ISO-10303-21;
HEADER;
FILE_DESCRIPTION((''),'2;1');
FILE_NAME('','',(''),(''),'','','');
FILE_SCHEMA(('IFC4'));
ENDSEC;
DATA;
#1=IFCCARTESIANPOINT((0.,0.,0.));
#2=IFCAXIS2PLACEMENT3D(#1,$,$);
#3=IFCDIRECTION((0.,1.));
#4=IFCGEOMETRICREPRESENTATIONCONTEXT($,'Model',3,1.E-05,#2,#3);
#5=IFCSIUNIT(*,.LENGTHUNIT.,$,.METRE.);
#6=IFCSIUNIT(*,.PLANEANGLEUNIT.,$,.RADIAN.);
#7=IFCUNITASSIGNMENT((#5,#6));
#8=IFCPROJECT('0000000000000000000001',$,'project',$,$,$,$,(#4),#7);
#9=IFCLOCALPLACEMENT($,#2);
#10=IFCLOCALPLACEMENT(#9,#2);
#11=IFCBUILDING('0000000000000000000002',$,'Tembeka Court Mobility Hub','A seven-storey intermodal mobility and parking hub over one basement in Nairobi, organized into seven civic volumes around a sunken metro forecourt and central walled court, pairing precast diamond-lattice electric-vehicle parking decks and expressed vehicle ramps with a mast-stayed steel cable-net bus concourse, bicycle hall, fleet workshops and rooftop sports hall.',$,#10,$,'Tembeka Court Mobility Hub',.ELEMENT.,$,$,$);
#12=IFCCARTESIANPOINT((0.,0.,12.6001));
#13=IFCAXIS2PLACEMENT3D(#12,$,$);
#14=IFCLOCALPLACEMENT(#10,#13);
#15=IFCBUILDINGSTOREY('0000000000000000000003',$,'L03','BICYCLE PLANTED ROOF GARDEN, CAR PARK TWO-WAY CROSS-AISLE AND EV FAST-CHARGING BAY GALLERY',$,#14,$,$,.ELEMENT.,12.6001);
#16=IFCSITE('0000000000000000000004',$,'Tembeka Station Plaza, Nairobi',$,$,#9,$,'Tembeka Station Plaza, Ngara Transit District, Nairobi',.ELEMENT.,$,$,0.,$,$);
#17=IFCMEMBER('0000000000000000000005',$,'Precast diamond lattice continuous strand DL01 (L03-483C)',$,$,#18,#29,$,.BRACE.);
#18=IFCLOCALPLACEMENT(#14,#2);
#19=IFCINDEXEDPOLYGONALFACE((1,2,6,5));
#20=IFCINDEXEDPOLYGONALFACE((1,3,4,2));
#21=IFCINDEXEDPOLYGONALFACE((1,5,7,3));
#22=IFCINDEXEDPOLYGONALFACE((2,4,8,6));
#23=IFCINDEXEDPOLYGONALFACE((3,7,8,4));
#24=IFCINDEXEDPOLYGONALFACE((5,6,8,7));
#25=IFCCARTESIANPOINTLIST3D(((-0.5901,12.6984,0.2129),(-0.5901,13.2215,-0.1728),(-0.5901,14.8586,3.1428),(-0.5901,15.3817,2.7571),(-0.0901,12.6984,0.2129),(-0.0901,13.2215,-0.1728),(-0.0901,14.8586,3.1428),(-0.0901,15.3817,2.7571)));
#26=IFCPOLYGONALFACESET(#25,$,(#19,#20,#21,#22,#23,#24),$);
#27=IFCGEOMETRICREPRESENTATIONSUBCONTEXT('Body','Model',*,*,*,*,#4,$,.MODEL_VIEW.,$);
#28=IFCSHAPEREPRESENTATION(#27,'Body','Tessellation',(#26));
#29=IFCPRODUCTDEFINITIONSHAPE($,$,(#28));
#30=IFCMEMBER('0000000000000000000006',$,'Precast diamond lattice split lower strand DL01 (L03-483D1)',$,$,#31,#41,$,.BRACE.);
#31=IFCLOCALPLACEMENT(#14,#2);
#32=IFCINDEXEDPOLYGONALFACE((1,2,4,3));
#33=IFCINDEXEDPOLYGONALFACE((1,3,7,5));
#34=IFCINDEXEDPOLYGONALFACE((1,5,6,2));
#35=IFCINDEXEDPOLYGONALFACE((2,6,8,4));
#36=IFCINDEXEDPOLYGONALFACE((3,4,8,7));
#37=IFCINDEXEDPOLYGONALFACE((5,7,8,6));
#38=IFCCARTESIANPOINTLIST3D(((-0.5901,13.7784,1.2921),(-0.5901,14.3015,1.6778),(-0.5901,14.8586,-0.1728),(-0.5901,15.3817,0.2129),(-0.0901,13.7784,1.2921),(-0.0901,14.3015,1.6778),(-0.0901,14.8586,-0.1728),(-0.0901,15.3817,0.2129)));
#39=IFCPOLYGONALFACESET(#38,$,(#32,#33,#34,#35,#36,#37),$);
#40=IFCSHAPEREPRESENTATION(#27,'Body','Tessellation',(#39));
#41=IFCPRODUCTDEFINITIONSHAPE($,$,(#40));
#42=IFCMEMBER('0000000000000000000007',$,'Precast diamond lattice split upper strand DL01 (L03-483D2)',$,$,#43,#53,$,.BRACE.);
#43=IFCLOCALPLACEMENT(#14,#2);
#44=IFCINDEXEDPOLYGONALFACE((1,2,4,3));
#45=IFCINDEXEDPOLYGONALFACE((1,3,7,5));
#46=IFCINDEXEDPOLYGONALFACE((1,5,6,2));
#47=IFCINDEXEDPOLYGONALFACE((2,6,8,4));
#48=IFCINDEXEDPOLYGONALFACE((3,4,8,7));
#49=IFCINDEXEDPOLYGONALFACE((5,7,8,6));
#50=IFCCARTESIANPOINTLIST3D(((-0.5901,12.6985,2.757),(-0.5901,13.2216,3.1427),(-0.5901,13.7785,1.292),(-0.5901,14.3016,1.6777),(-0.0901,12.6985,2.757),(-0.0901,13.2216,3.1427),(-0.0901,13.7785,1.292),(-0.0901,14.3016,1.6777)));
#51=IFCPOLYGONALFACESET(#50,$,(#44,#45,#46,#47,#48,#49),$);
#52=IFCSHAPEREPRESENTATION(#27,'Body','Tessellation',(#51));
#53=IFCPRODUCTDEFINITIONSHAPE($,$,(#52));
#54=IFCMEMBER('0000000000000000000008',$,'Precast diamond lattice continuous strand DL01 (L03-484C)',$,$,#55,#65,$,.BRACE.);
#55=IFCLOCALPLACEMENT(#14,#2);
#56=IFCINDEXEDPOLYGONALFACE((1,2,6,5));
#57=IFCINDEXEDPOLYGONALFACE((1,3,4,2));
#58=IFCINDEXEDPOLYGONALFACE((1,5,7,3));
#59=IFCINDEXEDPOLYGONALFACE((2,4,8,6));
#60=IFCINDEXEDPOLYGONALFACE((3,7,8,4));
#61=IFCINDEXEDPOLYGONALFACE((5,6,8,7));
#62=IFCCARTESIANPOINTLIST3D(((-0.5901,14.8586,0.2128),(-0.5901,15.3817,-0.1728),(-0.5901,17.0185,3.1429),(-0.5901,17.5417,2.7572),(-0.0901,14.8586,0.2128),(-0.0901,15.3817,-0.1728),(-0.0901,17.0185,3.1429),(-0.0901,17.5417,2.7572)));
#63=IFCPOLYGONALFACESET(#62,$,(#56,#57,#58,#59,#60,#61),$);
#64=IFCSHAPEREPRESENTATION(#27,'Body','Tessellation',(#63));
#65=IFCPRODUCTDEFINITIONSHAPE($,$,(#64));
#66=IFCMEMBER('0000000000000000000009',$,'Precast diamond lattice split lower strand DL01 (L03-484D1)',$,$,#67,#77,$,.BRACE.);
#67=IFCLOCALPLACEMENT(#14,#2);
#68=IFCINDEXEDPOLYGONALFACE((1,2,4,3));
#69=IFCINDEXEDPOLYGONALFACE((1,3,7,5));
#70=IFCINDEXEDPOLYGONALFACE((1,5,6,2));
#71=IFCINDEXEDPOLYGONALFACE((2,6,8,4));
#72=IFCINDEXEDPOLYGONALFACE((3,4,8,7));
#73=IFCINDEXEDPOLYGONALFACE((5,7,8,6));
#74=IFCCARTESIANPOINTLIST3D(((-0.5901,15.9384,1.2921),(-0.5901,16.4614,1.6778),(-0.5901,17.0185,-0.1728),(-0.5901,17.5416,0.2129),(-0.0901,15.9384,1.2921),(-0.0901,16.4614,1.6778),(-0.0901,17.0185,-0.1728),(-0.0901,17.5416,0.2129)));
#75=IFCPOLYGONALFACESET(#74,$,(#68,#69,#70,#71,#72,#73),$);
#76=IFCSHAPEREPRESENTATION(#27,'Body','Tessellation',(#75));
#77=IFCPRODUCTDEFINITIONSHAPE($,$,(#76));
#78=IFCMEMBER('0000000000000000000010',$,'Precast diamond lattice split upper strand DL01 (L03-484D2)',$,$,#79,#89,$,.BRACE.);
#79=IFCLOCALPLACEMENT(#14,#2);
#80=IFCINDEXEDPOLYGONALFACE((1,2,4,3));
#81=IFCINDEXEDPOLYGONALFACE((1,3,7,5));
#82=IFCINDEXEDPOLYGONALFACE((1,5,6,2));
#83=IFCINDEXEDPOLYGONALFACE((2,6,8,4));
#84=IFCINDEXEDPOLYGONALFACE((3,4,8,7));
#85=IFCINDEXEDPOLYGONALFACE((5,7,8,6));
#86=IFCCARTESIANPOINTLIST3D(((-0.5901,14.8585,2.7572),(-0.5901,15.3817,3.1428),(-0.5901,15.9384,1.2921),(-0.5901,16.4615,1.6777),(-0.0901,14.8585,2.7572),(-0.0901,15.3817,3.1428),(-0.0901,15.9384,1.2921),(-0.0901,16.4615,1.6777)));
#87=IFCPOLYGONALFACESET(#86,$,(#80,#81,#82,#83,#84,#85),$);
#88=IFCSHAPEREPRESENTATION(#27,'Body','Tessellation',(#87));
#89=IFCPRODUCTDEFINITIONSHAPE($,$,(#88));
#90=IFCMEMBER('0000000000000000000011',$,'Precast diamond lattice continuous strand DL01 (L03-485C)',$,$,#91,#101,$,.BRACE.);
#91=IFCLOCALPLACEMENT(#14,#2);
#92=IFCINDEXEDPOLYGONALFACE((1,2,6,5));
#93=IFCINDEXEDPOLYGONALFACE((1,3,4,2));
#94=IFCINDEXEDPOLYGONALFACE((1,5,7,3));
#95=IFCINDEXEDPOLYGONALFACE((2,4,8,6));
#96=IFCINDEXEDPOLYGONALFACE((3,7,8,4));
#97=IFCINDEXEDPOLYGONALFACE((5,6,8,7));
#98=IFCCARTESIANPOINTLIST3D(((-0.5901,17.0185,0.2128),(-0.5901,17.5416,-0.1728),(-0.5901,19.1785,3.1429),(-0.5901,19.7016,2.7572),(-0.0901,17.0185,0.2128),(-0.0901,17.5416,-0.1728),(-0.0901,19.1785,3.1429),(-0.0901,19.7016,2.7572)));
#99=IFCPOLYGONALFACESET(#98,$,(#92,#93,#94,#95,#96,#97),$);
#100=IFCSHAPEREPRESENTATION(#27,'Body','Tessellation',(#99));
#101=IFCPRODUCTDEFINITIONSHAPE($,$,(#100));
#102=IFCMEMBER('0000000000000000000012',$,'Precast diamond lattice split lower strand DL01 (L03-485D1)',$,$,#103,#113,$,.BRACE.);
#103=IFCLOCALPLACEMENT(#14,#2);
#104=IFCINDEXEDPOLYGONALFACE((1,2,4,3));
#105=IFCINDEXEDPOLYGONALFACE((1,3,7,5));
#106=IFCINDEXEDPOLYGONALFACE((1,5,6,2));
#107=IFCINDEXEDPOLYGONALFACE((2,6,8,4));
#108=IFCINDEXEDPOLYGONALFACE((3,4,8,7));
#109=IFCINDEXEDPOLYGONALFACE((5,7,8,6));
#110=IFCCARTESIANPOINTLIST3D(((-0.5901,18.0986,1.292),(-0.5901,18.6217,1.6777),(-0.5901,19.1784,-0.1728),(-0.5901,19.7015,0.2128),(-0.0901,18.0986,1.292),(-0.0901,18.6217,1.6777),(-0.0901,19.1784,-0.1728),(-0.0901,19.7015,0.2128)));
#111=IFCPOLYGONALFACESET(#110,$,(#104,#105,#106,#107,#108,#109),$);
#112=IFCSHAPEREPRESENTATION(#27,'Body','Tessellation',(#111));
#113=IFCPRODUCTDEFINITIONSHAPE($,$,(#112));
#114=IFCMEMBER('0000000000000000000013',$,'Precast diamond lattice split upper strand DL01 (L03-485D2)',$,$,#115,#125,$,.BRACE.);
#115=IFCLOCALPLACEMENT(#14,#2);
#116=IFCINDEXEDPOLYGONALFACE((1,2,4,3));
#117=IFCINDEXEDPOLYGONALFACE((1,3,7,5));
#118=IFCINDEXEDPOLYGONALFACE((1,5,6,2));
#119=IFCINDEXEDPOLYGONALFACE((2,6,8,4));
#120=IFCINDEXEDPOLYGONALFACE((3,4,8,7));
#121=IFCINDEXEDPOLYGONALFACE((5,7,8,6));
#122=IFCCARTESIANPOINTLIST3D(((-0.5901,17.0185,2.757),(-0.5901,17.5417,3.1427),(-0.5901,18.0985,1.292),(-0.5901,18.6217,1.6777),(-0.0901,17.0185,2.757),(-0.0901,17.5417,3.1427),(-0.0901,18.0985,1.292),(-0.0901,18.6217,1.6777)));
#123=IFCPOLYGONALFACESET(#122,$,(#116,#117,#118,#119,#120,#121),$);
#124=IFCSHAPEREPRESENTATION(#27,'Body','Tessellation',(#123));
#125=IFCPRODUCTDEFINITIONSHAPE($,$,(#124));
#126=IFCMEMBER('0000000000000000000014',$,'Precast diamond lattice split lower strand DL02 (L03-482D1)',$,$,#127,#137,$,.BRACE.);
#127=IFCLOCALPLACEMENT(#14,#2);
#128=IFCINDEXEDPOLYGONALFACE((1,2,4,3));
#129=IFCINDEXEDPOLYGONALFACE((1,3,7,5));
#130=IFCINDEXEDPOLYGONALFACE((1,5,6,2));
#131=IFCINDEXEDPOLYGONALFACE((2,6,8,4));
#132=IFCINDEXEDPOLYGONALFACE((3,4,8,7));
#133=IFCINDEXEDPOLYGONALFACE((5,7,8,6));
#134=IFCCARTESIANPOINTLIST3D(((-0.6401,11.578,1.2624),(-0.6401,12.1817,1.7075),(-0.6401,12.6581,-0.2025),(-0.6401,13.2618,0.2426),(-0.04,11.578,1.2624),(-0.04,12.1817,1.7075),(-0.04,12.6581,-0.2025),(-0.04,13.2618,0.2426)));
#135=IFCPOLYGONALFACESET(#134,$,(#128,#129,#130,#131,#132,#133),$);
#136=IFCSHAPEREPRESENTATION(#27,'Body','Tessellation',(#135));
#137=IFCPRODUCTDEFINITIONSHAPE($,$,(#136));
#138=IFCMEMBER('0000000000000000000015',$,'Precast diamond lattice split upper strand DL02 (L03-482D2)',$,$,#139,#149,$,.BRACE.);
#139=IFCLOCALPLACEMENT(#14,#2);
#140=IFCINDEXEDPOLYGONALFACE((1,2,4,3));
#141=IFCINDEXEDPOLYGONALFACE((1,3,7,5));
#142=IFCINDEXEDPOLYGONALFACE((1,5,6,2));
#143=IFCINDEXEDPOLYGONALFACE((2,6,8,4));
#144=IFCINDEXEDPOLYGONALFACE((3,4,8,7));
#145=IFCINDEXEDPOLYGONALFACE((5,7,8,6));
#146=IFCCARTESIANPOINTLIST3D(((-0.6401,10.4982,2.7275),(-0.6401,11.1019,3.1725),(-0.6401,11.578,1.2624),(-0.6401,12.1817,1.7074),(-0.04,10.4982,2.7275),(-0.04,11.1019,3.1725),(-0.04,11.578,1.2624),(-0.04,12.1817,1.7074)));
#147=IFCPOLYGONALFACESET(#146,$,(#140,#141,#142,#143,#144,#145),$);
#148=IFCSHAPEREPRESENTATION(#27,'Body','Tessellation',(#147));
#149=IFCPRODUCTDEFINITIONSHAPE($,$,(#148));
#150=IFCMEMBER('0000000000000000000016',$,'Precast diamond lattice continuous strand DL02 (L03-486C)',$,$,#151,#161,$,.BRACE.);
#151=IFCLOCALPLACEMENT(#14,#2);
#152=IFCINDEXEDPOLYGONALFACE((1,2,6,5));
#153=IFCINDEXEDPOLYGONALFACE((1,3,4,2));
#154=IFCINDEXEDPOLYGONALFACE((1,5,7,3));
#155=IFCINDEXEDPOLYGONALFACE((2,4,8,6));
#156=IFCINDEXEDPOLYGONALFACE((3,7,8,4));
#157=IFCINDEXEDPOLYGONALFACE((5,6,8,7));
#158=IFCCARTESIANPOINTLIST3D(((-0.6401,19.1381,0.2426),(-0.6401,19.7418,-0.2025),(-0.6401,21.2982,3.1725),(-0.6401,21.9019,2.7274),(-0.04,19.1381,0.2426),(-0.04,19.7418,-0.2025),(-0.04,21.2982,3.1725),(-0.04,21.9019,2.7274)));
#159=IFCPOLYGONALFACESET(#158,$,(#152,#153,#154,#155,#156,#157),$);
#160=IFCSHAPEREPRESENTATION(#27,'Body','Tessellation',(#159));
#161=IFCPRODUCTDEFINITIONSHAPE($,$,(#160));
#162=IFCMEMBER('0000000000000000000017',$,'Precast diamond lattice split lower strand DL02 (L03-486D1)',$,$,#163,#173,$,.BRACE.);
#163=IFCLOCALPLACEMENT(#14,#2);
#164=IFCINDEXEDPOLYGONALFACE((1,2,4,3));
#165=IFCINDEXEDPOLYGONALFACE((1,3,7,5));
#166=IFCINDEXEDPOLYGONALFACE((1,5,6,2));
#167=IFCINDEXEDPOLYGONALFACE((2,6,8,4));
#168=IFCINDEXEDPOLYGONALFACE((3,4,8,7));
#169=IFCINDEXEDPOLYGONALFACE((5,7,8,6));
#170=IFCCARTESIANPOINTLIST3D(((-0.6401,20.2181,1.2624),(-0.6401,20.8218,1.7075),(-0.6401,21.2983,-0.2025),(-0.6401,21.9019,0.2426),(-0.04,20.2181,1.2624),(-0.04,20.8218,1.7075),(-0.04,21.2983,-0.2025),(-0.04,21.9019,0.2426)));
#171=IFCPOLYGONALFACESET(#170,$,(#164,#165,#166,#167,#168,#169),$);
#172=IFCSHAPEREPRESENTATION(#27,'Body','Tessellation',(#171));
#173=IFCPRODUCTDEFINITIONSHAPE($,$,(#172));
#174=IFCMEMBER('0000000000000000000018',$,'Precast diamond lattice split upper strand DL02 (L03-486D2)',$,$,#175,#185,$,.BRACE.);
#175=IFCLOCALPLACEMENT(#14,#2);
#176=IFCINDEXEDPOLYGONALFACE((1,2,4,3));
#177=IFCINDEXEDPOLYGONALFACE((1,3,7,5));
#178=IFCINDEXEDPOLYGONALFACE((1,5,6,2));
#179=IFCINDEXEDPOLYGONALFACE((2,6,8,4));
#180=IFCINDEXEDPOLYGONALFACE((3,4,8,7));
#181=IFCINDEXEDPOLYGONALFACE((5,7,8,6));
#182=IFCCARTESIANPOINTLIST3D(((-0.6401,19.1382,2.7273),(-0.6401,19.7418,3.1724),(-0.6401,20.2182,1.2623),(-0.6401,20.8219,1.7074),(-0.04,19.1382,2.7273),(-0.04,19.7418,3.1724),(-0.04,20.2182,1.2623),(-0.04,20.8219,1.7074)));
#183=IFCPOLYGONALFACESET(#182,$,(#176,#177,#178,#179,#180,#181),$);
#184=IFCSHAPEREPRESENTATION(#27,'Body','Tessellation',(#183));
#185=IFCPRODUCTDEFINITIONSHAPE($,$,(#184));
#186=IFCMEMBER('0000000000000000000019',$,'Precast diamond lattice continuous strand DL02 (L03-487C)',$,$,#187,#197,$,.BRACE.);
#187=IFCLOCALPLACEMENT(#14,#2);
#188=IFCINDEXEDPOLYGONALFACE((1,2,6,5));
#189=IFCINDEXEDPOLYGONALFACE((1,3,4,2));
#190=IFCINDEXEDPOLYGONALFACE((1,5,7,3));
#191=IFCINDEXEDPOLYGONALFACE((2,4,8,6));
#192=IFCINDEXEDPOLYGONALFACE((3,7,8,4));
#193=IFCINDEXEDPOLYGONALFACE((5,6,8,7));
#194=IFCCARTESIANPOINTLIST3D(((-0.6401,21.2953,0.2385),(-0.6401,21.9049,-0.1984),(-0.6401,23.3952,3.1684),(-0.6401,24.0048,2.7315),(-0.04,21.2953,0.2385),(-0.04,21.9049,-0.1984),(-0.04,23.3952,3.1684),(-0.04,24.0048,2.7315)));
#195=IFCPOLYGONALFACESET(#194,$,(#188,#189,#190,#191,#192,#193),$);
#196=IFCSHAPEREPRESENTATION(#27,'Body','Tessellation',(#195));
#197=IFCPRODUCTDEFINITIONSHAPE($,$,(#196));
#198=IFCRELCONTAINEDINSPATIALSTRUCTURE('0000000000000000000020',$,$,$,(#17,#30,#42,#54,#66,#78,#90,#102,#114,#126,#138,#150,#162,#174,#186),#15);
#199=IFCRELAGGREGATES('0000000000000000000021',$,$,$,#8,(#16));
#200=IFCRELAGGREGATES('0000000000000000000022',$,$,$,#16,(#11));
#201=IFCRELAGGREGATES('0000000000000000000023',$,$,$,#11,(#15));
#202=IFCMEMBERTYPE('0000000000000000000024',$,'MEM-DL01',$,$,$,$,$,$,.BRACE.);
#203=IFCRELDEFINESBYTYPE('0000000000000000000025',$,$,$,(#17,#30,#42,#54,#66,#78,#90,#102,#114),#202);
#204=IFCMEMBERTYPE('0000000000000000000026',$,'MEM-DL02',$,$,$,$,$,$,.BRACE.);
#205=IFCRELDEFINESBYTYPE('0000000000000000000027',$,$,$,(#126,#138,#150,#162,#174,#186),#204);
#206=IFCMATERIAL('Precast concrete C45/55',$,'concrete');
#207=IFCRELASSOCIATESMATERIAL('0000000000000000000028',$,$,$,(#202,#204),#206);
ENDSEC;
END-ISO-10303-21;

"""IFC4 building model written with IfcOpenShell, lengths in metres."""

from ifc_helpers import new_model, si_unit, direction, frame, origin, origin_2d, place, context, subcontext, project, spatial, rectangle, extrude, material, material_profile, profile_set, type_object, element, save


model = new_model("IFC4")

# Units and contexts
model_context = context("Model", 3, precision=1e-05, world=origin(), true_north=direction((0.0, 1.0)))
body_context = subcontext(model_context, "Body", "Model", "MODEL_VIEW")
ifc_project = project(units=[si_unit("LENGTHUNIT", "METRE"), si_unit("PLANEANGLEUNIT", "RADIAN")], contexts=[model_context])

# Site, building, storey
site_placement = place(None, origin())
site = spatial("IfcSite", under=ifc_project, at=site_placement, Name="Tembeka Station Plaza, Nairobi", LongName="Tembeka Station Plaza, Ngara Transit District, Nairobi", CompositionType="ELEMENT", RefElevation=0.0)
building_placement = place(site_placement, origin())
building = spatial("IfcBuilding", under=site, at=building_placement, Name="Tembeka Court Mobility Hub", Description="A seven-storey intermodal mobility and parking hub over one basement in Nairobi, organized into seven civic volumes around a sunken metro forecourt and central walled court, pairing precast diamond-lattice electric-vehicle parking decks and expressed vehicle ramps with a mast-stayed steel cable-net bus concourse, bicycle hall, fleet workshops and rooftop sports hall.", LongName="Tembeka Court Mobility Hub", CompositionType="ELEMENT")
storey_placement = place(building_placement, frame((0.0, 0.0, 12.6001)))
storey = spatial("IfcBuildingStorey", under=building, at=storey_placement, Name="L03", Description="BICYCLE PLANTED ROOF GARDEN, CAR PARK TWO-WAY CROSS-AISLE AND EV FAST-CHARGING BAY GALLERY", CompositionType="ELEMENT", Elevation=12.6001)

# Members
ifc_material_1 = material(Name="Precast concrete C45/55", Category="concrete")
ifc_material_profile_1 = material_profile(ifc_material_1, rectangle(XDim=0.5, YDim=0.6499, at=origin_2d()), Name="PC-DIAG 500x650")
ifc_profile_set_1 = profile_set([ifc_material_profile_1], Name="Precast concrete C45/55")
member_type_1 = type_object("IfcMemberType", Name="MEM-DL01", PredefinedType="BRACE", material=ifc_profile_set_1)
member_1_placement = place(storey_placement, frame((-0.3401, 12.96, 0.02), z_axis=(0.0, 0.593423, 0.804891), x_axis=(-1.0, 0.0, 0.0)))
element("IfcMember", 1, at=member_1_placement, inside=storey, type_object=member_type_1, Name="Precast diamond lattice continuous strand DL01 (L03-483C)", PredefinedType="BRACE", context=body_context, shape_type="SweptSolid", body=[
    extrude(rectangle(XDim=0.5, YDim=0.6499, at=origin_2d()), origin(), (0.0, 0.0, 1.0), 3.6401),
])
for number, where, z_axis, x_axis, name in (
    (2, (-0.3401, 15.1201, 0.02), (0.0, -0.593455, 0.804867), (1.0, 0.0, 0.0), "Precast diamond lattice split lower strand DL01 (L03-483D1)"),
    (3, (-0.3401, 14.04, 1.4849), (0.0, -0.593391, 0.804914), (1.0, 0.0, 0.0), "Precast diamond lattice split upper strand DL01 (L03-483D2)"),
):
    element("IfcMember", number, at=place(storey_placement, frame(where, z_axis=z_axis, x_axis=x_axis)), inside=storey, type_object=member_type_1, Name=name, PredefinedType="BRACE", context=body_context, shape_type="SweptSolid", body=[
        extrude(rectangle(XDim=0.5, YDim=0.6499, at=origin_2d()), origin(), (0.0, 0.0, 1.0), 1.8201),
    ])
member_2_placement = place(storey_placement, frame((-0.3401, 15.1201, 0.02), z_axis=(0.0, 0.59338, 0.804923), x_axis=(-1.0, 0.0, 0.0)))
element("IfcMember", 4, at=member_2_placement, inside=storey, type_object=member_type_1, Name="Precast diamond lattice continuous strand DL01 (L03-484C)", PredefinedType="BRACE", context=body_context, shape_type="SweptSolid", body=[
    extrude(rectangle(XDim=0.5, YDim=0.6499, at=origin_2d()), origin(), (0.0, 0.0, 1.0), 3.6401),
])
for number, where, z_axis, x_axis, name in (
    (5, (-0.3401, 17.28, 0.02), (0.0, -0.593455, 0.804867), (1.0, 0.0, 0.0), "Precast diamond lattice split lower strand DL01 (L03-484D1)"),
    (6, (-0.3401, 16.2, 1.4849), (0.0, -0.593304, 0.804978), (1.0, 0.0, 0.0), "Precast diamond lattice split upper strand DL01 (L03-484D2)"),
):
    element("IfcMember", number, at=place(storey_placement, frame(where, z_axis=z_axis, x_axis=x_axis)), inside=storey, type_object=member_type_1, Name=name, PredefinedType="BRACE", context=body_context, shape_type="SweptSolid", body=[
        extrude(rectangle(XDim=0.5, YDim=0.6499, at=origin_2d()), origin(), (0.0, 0.0, 1.0), 1.8201),
    ])
member_3_placement = place(storey_placement, frame((-0.3401, 17.28, 0.02), z_axis=(0.0, 0.59338, 0.804923), x_axis=(-1.0, 0.0, 0.0)))
element("IfcMember", 7, at=member_3_placement, inside=storey, type_object=member_type_1, Name="Precast diamond lattice continuous strand DL01 (L03-485C)", PredefinedType="BRACE", context=body_context, shape_type="SweptSolid", body=[
    extrude(rectangle(XDim=0.5, YDim=0.6499, at=origin_2d()), origin(), (0.0, 0.0, 1.0), 3.6401),
])
member_4_placement = place(storey_placement, frame((-0.3401, 19.4399, 0.02), z_axis=(0.0, -0.593368, 0.804931), x_axis=(1.0, 0.0, 0.0)))
element("IfcMember", 8, at=member_4_placement, inside=storey, type_object=member_type_1, Name="Precast diamond lattice split lower strand DL01 (L03-485D1)", PredefinedType="BRACE", context=body_context, shape_type="SweptSolid", body=[
    extrude(rectangle(XDim=0.5, YDim=0.6499, at=origin_2d()), origin(), (0.0, 0.0, 1.0), 1.8198),
])
member_5_placement = place(storey_placement, frame((-0.3401, 18.3601, 1.4849), z_axis=(0.0, -0.593391, 0.804914), x_axis=(1.0, 0.0, 0.0)))
element("IfcMember", 9, at=member_5_placement, inside=storey, type_object=member_type_1, Name="Precast diamond lattice split upper strand DL01 (L03-485D2)", PredefinedType="BRACE", context=body_context, shape_type="SweptSolid", body=[
    extrude(rectangle(XDim=0.5, YDim=0.6499, at=origin_2d()), origin(), (0.0, 0.0, 1.0), 1.8201),
])
ifc_material_profile_2 = material_profile(ifc_material_1, rectangle(XDim=0.6001, YDim=0.75, at=origin_2d()), Name="PC-DIAG 600x750")
ifc_profile_set_2 = profile_set([ifc_material_profile_2], Name="Precast concrete C45/55")
member_type_2 = type_object("IfcMemberType", Name="MEM-DL02", PredefinedType="BRACE", material=ifc_profile_set_2)
for number, where, z_axis, x_axis, name in (
    (10, (-0.3401, 12.96, 0.02), (0.0, -0.593455, 0.804867), (1.0, 0.0, 0.0), "Precast diamond lattice split lower strand DL02 (L03-482D1)"),
    (11, (-0.3401, 11.8799, 1.4849), (0.0, -0.593304, 0.804978), (1.0, 0.0, 0.0), "Precast diamond lattice split upper strand DL02 (L03-482D2)"),
):
    element("IfcMember", number, at=place(storey_placement, frame(where, z_axis=z_axis, x_axis=x_axis)), inside=storey, type_object=member_type_2, Name=name, PredefinedType="BRACE", context=body_context, shape_type="SweptSolid", body=[
        extrude(rectangle(XDim=0.6001, YDim=0.75, at=origin_2d()), origin(), (0.0, 0.0, 1.0), 1.8201),
    ])
member_6_placement = place(storey_placement, frame((-0.3401, 19.4399, 0.02), z_axis=(0.0, 0.593423, 0.804891), x_axis=(-1.0, 0.0, 0.0)))
element("IfcMember", 12, at=member_6_placement, inside=storey, type_object=member_type_2, Name="Precast diamond lattice continuous strand DL02 (L03-486C)", PredefinedType="BRACE", context=body_context, shape_type="SweptSolid", body=[
    extrude(rectangle(XDim=0.6001, YDim=0.75, at=origin_2d()), origin(), (0.0, 0.0, 1.0), 3.6401),
])
for number, where, z_axis, x_axis, name in (
    (13, (-0.3401, 21.6001, 0.02), (0.0, -0.593455, 0.804867), (1.0, 0.0, 0.0), "Precast diamond lattice split lower strand DL02 (L03-486D1)"),
    (14, (-0.3401, 20.52, 1.4849), (0.0, -0.593391, 0.804914), (1.0, 0.0, 0.0), "Precast diamond lattice split upper strand DL02 (L03-486D2)"),
):
    element("IfcMember", number, at=place(storey_placement, frame(where, z_axis=z_axis, x_axis=x_axis)), inside=storey, type_object=member_type_2, Name=name, PredefinedType="BRACE", context=body_context, shape_type="SweptSolid", body=[
        extrude(rectangle(XDim=0.6001, YDim=0.75, at=origin_2d()), origin(), (0.0, 0.0, 1.0), 1.8201),
    ])
member_7_placement = place(storey_placement, frame((-0.3401, 21.6001, 0.02), z_axis=(0.0, 0.582532, 0.812808), x_axis=(-1.0, 0.0, 0.0)))
element("IfcMember", 15, at=member_7_placement, inside=storey, type_object=member_type_2, Name="Precast diamond lattice continuous strand DL02 (L03-487C)", PredefinedType="BRACE", context=body_context, shape_type="SweptSolid", body=[
    extrude(rectangle(XDim=0.6001, YDim=0.75, at=origin_2d()), origin(), (0.0, 0.0, 1.0), 3.6047),
])

save(model, "model.ifc")
